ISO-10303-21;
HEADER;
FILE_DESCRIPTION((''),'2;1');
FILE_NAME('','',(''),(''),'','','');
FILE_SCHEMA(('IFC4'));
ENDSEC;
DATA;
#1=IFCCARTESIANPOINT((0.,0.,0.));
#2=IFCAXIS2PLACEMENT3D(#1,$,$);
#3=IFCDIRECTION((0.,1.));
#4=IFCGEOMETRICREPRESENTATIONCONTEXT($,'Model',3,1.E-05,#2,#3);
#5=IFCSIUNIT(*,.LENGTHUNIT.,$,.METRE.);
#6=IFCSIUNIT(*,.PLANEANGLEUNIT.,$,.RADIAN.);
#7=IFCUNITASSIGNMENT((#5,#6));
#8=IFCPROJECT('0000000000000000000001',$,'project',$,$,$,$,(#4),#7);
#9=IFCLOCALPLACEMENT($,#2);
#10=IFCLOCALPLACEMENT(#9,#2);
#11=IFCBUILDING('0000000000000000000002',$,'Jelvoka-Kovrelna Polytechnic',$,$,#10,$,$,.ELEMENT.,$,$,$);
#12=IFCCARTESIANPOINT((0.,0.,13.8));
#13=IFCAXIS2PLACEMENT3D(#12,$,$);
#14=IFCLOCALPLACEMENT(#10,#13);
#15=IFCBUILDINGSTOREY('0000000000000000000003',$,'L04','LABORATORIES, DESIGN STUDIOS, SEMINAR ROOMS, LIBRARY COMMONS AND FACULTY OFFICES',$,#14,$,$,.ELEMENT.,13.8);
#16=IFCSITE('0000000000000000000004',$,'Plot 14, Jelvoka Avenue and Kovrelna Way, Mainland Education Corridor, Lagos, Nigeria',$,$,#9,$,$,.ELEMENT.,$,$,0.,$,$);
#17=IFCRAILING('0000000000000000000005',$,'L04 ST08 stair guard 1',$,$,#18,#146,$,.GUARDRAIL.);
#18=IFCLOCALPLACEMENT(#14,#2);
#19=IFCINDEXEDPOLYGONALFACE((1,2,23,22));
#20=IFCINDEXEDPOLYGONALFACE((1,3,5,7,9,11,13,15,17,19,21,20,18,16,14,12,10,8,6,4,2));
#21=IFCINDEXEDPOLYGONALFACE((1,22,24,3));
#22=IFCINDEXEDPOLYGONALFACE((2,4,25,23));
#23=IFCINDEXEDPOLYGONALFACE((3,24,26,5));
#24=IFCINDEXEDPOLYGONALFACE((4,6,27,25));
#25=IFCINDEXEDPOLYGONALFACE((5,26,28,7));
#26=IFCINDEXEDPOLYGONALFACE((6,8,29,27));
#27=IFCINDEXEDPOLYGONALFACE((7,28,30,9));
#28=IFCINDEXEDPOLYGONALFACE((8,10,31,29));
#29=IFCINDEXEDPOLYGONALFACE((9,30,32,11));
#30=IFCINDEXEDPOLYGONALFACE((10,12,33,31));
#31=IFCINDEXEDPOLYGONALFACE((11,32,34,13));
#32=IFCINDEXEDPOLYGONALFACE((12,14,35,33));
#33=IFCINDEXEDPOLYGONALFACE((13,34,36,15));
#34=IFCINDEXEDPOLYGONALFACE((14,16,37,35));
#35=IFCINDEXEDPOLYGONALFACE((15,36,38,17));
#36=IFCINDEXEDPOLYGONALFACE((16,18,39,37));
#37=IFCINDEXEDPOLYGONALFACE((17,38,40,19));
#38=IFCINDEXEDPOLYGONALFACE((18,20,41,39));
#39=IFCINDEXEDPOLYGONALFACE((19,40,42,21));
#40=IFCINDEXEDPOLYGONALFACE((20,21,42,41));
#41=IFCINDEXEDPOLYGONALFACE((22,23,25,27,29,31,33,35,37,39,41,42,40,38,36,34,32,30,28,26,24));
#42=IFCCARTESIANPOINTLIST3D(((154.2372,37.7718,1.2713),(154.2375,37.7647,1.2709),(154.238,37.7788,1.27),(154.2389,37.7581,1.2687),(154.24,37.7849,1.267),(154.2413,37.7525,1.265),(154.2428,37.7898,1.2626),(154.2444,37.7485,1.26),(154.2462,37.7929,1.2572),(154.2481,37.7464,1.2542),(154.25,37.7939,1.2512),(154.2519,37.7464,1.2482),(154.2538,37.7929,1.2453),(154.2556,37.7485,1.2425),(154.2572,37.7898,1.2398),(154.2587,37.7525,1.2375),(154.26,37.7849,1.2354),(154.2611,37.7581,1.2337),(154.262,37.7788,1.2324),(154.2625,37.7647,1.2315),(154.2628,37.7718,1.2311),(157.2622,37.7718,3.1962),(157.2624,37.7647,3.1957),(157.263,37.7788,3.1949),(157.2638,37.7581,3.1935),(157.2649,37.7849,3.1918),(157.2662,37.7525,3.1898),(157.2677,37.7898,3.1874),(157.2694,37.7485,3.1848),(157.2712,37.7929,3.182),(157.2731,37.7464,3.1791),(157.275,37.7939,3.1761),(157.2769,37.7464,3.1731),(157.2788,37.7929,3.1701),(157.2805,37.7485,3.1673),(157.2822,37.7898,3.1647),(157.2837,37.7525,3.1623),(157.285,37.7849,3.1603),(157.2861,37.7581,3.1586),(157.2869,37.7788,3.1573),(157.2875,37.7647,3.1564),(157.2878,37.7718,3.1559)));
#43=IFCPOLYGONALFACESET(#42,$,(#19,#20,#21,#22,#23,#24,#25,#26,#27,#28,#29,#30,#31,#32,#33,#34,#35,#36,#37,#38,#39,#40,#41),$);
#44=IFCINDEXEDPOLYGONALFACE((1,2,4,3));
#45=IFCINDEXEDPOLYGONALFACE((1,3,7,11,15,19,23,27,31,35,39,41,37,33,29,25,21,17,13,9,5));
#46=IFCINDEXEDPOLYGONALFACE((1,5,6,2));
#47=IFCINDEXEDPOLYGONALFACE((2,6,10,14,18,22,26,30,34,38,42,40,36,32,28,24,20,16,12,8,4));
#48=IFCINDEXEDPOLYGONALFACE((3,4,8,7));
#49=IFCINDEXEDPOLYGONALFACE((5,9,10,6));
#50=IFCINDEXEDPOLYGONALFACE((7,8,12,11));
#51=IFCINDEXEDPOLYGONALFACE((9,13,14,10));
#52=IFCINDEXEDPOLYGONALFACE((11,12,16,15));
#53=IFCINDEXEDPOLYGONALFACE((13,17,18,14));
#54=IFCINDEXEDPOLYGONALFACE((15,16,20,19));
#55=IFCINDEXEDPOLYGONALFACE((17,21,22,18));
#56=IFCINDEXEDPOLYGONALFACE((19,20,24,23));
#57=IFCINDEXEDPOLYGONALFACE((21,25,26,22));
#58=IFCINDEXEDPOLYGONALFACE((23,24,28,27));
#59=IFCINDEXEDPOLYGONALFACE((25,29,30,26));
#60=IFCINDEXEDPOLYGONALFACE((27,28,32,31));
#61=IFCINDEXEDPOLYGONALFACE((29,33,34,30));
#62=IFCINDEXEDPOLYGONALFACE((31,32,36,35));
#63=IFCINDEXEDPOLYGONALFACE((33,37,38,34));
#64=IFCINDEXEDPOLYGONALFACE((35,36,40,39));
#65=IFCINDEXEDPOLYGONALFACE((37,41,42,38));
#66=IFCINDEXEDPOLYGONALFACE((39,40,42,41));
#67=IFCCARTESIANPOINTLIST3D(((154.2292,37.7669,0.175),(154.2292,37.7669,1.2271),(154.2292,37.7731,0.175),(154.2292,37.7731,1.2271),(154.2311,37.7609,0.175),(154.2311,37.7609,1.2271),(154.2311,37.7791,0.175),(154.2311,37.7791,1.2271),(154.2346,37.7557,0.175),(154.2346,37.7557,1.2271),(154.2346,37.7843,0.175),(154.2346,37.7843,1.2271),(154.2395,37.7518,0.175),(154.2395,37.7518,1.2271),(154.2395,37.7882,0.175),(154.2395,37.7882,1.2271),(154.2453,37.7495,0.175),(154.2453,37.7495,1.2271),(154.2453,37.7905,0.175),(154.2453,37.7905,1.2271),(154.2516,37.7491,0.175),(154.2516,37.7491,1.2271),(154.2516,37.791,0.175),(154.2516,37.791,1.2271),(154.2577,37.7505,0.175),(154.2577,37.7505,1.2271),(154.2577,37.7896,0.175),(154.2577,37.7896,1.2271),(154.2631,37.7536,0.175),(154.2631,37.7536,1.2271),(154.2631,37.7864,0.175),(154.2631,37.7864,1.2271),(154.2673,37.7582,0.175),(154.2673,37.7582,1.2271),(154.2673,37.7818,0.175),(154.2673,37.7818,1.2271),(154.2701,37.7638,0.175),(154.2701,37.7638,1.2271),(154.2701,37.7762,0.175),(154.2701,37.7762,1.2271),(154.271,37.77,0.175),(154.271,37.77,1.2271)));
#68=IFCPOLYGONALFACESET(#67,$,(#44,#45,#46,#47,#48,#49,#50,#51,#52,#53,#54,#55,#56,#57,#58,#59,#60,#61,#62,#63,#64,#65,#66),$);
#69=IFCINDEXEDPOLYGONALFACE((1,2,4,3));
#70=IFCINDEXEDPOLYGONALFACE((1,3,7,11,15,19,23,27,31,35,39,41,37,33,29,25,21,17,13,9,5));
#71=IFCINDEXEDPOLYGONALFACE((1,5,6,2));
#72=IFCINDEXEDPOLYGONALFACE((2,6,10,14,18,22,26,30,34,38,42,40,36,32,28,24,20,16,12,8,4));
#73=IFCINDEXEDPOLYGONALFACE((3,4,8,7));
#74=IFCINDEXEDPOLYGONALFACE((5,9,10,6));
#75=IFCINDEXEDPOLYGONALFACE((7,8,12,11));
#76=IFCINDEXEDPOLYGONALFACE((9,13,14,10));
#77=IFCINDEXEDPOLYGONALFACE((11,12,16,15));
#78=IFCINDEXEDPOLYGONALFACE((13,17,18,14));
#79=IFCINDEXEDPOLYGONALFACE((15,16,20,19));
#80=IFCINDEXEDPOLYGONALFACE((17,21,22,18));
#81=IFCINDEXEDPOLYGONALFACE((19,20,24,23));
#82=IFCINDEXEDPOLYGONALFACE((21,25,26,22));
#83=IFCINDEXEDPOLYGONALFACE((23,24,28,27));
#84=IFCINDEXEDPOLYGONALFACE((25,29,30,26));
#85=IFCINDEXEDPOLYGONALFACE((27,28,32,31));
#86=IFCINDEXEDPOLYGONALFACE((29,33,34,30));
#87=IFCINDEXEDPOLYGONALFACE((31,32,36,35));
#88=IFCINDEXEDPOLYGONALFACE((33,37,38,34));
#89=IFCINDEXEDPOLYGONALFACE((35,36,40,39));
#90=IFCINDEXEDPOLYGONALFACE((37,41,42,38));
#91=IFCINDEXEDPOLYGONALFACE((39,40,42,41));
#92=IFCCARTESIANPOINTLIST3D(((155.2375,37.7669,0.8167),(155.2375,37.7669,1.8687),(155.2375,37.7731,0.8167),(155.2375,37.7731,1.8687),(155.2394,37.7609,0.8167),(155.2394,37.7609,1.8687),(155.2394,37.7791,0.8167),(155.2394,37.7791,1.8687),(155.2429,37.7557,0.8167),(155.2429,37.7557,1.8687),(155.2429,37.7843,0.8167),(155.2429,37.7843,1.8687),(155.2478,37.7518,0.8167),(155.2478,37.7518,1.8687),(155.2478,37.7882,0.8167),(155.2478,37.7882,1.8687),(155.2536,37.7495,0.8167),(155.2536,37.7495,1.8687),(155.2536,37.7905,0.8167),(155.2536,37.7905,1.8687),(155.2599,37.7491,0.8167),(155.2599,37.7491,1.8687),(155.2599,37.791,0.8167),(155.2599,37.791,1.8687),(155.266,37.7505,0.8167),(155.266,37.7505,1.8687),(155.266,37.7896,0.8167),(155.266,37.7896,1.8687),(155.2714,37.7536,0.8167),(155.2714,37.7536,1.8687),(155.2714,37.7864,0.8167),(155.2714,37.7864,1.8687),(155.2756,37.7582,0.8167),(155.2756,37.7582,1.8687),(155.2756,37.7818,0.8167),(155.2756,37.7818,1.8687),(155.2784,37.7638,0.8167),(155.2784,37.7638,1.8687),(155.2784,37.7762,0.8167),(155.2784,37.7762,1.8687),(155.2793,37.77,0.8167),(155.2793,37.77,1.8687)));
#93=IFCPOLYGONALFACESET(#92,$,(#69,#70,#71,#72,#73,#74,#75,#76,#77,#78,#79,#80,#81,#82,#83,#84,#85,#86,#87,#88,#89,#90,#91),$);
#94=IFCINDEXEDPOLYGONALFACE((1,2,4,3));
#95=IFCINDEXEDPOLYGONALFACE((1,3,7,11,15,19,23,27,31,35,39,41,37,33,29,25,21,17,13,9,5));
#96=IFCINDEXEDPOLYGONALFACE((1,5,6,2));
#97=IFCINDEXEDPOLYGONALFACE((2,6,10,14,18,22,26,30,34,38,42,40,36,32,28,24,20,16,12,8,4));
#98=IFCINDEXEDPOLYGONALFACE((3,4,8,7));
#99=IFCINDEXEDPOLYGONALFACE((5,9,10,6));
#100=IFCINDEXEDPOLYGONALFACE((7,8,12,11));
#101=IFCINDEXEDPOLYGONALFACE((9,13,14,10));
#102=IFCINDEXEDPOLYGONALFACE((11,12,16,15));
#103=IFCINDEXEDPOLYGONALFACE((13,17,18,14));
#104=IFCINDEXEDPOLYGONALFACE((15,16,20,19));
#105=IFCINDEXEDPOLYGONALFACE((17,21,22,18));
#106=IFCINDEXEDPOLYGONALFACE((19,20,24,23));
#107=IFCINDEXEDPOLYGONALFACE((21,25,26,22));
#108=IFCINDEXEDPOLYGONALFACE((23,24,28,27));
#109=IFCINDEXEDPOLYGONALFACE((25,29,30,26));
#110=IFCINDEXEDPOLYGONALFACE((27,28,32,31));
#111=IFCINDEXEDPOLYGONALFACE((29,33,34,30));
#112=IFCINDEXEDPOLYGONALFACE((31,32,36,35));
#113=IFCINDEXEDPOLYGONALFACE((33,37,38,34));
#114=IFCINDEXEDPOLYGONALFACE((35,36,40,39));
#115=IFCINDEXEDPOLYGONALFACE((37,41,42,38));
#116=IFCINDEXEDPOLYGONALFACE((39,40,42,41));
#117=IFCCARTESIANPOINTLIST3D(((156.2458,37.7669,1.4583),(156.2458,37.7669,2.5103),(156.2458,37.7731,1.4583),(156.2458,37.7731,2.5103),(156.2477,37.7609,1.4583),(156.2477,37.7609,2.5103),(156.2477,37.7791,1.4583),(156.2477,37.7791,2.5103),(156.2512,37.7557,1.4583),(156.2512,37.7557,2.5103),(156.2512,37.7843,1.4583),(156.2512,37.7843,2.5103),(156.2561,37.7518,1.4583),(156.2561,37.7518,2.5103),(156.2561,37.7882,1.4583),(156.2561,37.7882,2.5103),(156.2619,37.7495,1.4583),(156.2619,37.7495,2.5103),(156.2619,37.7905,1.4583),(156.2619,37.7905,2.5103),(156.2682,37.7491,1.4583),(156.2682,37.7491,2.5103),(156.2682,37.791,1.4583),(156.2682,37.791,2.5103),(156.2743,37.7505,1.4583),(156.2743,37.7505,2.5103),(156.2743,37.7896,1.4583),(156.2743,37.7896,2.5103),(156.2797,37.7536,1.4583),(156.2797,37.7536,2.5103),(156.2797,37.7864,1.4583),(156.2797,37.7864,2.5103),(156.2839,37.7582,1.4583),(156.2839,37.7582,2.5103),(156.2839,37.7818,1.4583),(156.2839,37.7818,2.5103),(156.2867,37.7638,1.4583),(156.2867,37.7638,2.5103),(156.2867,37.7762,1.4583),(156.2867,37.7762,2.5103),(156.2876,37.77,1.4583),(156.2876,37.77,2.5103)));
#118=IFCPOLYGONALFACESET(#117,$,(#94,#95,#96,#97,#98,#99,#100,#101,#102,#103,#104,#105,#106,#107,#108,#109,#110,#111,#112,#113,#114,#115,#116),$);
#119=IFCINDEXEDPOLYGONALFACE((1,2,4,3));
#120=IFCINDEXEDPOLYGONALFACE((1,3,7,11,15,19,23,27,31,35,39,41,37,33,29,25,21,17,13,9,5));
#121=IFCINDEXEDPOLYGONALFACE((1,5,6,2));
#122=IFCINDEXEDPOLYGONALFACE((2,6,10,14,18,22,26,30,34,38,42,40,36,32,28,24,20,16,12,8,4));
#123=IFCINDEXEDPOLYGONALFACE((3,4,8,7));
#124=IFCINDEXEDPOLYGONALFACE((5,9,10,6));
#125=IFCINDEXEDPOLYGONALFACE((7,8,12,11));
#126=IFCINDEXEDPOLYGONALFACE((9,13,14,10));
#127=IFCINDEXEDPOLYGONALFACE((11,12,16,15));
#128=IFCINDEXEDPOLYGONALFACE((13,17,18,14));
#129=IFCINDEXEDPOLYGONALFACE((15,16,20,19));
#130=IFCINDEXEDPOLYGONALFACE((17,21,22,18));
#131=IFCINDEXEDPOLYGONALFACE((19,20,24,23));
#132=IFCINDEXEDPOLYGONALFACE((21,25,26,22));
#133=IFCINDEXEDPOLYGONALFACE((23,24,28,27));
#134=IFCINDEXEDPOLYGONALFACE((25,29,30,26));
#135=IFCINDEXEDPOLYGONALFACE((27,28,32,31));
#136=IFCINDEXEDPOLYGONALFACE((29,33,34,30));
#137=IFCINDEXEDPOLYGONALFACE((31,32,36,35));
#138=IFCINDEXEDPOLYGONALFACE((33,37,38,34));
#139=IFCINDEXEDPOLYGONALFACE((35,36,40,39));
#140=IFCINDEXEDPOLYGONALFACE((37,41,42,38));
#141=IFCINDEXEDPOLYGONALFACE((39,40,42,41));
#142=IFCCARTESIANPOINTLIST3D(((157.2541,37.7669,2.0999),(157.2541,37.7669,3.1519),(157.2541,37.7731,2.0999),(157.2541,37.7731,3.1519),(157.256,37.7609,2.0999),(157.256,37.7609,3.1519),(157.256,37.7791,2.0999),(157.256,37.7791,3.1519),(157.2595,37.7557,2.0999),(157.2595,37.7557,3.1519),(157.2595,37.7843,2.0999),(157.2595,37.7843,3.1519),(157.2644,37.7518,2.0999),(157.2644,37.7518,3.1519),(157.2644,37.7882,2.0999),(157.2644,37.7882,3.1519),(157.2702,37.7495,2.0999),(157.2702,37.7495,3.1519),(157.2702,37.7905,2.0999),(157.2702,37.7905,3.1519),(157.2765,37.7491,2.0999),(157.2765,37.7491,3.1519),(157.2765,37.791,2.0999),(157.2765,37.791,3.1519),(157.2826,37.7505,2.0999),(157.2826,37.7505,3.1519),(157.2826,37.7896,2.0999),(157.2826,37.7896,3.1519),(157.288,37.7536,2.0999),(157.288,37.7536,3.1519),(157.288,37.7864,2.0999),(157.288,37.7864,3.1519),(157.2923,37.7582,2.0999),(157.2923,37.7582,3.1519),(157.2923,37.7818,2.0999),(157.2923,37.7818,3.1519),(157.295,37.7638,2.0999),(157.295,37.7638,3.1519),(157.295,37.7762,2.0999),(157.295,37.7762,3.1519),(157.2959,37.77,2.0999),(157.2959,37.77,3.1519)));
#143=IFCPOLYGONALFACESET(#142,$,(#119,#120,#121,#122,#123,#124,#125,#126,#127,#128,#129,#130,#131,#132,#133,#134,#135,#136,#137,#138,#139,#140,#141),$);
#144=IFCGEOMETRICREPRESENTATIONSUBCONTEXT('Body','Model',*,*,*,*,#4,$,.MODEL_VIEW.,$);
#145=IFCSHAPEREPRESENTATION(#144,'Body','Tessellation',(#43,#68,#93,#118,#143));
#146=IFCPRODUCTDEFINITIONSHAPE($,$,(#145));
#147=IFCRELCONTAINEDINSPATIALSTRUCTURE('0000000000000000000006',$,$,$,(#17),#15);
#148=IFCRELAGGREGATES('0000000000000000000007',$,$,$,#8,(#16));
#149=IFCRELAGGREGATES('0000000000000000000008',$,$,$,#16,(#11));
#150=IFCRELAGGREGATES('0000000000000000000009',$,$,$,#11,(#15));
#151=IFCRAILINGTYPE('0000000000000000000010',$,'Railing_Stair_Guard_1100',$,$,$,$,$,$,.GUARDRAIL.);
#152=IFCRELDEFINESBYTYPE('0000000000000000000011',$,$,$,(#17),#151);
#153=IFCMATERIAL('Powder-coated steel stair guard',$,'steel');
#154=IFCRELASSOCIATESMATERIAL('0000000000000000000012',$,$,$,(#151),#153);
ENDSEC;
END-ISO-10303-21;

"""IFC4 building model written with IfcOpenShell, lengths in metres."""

from ifc_helpers import new_model, si_unit, direction, frame, origin, origin_2d, place, context, subcontext, project, spatial, circle, extrude, material, type_object, element, save


model = new_model("IFC4")

# Units and contexts
model_context = context("Model", 3, precision=1e-05, world=origin(), true_north=direction((0.0, 1.0)))
body_context = subcontext(model_context, "Body", "Model", "MODEL_VIEW")
ifc_project = project(units=[si_unit("LENGTHUNIT", "METRE"), si_unit("PLANEANGLEUNIT", "RADIAN")], contexts=[model_context])

# Site, building, storey
site_placement = place(None, origin())
site = spatial("IfcSite", under=ifc_project, at=site_placement, Name="Plot 14, Jelvoka Avenue and Kovrelna Way, Mainland Education Corridor, Lagos, Nigeria", CompositionType="ELEMENT", RefElevation=0.0)
building_placement = place(site_placement, origin())
building = spatial("IfcBuilding", under=site, at=building_placement, Name="Jelvoka-Kovrelna Polytechnic", CompositionType="ELEMENT")
storey_placement = place(building_placement, frame((0.0, 0.0, 13.8)))
storey = spatial("IfcBuildingStorey", under=building, at=storey_placement, Name="L04", Description="LABORATORIES, DESIGN STUDIOS, SEMINAR ROOMS, LIBRARY COMMONS AND FACULTY OFFICES", CompositionType="ELEMENT", Elevation=13.8)

# Railing
ifc_material_1 = material(Name="Powder-coated steel stair guard", Category="steel")
railing_type_1 = type_object("IfcRailingType", Name="Railing_Stair_Guard_1100", PredefinedType="GUARDRAIL", material=ifc_material_1)
railing_1_placement = place(storey_placement, frame((154.25, 37.77, 0.175)))
element("IfcRailing", 1, at=railing_1_placement, inside=storey, type_object=railing_type_1, Name="L04 ST08 stair guard 1", PredefinedType="GUARDRAIL", context=body_context, shape_type="SweptSolid", body=[
    extrude(circle(Radius=0.0239, at=origin_2d()), frame((0.0, 0.0, 1.0762), z_axis=(0.843678, 0.0, 0.536849), x_axis=(0.0, 1.0, 0.0)), (0.0, 0.0, 1.0), 3.5854),
    extrude(circle(Radius=0.021, at=origin_2d()), origin(), (0.0, 0.0, 1.0), 1.052),
    extrude(circle(Radius=0.021, at=origin_2d()), frame((1.0083, 0.0, 0.6416)), (0.0, 0.0, 1.0), 1.052),
    extrude(circle(Radius=0.021, at=origin_2d()), frame((2.0166, 0.0, 1.2832)), (0.0, 0.0, 1.0), 1.052),
    extrude(circle(Radius=0.021, at=origin_2d()), frame((3.0249, 0.0, 1.9248)), (0.0, 0.0, 1.0), 1.052),
])

save(model, "model.ifc")
